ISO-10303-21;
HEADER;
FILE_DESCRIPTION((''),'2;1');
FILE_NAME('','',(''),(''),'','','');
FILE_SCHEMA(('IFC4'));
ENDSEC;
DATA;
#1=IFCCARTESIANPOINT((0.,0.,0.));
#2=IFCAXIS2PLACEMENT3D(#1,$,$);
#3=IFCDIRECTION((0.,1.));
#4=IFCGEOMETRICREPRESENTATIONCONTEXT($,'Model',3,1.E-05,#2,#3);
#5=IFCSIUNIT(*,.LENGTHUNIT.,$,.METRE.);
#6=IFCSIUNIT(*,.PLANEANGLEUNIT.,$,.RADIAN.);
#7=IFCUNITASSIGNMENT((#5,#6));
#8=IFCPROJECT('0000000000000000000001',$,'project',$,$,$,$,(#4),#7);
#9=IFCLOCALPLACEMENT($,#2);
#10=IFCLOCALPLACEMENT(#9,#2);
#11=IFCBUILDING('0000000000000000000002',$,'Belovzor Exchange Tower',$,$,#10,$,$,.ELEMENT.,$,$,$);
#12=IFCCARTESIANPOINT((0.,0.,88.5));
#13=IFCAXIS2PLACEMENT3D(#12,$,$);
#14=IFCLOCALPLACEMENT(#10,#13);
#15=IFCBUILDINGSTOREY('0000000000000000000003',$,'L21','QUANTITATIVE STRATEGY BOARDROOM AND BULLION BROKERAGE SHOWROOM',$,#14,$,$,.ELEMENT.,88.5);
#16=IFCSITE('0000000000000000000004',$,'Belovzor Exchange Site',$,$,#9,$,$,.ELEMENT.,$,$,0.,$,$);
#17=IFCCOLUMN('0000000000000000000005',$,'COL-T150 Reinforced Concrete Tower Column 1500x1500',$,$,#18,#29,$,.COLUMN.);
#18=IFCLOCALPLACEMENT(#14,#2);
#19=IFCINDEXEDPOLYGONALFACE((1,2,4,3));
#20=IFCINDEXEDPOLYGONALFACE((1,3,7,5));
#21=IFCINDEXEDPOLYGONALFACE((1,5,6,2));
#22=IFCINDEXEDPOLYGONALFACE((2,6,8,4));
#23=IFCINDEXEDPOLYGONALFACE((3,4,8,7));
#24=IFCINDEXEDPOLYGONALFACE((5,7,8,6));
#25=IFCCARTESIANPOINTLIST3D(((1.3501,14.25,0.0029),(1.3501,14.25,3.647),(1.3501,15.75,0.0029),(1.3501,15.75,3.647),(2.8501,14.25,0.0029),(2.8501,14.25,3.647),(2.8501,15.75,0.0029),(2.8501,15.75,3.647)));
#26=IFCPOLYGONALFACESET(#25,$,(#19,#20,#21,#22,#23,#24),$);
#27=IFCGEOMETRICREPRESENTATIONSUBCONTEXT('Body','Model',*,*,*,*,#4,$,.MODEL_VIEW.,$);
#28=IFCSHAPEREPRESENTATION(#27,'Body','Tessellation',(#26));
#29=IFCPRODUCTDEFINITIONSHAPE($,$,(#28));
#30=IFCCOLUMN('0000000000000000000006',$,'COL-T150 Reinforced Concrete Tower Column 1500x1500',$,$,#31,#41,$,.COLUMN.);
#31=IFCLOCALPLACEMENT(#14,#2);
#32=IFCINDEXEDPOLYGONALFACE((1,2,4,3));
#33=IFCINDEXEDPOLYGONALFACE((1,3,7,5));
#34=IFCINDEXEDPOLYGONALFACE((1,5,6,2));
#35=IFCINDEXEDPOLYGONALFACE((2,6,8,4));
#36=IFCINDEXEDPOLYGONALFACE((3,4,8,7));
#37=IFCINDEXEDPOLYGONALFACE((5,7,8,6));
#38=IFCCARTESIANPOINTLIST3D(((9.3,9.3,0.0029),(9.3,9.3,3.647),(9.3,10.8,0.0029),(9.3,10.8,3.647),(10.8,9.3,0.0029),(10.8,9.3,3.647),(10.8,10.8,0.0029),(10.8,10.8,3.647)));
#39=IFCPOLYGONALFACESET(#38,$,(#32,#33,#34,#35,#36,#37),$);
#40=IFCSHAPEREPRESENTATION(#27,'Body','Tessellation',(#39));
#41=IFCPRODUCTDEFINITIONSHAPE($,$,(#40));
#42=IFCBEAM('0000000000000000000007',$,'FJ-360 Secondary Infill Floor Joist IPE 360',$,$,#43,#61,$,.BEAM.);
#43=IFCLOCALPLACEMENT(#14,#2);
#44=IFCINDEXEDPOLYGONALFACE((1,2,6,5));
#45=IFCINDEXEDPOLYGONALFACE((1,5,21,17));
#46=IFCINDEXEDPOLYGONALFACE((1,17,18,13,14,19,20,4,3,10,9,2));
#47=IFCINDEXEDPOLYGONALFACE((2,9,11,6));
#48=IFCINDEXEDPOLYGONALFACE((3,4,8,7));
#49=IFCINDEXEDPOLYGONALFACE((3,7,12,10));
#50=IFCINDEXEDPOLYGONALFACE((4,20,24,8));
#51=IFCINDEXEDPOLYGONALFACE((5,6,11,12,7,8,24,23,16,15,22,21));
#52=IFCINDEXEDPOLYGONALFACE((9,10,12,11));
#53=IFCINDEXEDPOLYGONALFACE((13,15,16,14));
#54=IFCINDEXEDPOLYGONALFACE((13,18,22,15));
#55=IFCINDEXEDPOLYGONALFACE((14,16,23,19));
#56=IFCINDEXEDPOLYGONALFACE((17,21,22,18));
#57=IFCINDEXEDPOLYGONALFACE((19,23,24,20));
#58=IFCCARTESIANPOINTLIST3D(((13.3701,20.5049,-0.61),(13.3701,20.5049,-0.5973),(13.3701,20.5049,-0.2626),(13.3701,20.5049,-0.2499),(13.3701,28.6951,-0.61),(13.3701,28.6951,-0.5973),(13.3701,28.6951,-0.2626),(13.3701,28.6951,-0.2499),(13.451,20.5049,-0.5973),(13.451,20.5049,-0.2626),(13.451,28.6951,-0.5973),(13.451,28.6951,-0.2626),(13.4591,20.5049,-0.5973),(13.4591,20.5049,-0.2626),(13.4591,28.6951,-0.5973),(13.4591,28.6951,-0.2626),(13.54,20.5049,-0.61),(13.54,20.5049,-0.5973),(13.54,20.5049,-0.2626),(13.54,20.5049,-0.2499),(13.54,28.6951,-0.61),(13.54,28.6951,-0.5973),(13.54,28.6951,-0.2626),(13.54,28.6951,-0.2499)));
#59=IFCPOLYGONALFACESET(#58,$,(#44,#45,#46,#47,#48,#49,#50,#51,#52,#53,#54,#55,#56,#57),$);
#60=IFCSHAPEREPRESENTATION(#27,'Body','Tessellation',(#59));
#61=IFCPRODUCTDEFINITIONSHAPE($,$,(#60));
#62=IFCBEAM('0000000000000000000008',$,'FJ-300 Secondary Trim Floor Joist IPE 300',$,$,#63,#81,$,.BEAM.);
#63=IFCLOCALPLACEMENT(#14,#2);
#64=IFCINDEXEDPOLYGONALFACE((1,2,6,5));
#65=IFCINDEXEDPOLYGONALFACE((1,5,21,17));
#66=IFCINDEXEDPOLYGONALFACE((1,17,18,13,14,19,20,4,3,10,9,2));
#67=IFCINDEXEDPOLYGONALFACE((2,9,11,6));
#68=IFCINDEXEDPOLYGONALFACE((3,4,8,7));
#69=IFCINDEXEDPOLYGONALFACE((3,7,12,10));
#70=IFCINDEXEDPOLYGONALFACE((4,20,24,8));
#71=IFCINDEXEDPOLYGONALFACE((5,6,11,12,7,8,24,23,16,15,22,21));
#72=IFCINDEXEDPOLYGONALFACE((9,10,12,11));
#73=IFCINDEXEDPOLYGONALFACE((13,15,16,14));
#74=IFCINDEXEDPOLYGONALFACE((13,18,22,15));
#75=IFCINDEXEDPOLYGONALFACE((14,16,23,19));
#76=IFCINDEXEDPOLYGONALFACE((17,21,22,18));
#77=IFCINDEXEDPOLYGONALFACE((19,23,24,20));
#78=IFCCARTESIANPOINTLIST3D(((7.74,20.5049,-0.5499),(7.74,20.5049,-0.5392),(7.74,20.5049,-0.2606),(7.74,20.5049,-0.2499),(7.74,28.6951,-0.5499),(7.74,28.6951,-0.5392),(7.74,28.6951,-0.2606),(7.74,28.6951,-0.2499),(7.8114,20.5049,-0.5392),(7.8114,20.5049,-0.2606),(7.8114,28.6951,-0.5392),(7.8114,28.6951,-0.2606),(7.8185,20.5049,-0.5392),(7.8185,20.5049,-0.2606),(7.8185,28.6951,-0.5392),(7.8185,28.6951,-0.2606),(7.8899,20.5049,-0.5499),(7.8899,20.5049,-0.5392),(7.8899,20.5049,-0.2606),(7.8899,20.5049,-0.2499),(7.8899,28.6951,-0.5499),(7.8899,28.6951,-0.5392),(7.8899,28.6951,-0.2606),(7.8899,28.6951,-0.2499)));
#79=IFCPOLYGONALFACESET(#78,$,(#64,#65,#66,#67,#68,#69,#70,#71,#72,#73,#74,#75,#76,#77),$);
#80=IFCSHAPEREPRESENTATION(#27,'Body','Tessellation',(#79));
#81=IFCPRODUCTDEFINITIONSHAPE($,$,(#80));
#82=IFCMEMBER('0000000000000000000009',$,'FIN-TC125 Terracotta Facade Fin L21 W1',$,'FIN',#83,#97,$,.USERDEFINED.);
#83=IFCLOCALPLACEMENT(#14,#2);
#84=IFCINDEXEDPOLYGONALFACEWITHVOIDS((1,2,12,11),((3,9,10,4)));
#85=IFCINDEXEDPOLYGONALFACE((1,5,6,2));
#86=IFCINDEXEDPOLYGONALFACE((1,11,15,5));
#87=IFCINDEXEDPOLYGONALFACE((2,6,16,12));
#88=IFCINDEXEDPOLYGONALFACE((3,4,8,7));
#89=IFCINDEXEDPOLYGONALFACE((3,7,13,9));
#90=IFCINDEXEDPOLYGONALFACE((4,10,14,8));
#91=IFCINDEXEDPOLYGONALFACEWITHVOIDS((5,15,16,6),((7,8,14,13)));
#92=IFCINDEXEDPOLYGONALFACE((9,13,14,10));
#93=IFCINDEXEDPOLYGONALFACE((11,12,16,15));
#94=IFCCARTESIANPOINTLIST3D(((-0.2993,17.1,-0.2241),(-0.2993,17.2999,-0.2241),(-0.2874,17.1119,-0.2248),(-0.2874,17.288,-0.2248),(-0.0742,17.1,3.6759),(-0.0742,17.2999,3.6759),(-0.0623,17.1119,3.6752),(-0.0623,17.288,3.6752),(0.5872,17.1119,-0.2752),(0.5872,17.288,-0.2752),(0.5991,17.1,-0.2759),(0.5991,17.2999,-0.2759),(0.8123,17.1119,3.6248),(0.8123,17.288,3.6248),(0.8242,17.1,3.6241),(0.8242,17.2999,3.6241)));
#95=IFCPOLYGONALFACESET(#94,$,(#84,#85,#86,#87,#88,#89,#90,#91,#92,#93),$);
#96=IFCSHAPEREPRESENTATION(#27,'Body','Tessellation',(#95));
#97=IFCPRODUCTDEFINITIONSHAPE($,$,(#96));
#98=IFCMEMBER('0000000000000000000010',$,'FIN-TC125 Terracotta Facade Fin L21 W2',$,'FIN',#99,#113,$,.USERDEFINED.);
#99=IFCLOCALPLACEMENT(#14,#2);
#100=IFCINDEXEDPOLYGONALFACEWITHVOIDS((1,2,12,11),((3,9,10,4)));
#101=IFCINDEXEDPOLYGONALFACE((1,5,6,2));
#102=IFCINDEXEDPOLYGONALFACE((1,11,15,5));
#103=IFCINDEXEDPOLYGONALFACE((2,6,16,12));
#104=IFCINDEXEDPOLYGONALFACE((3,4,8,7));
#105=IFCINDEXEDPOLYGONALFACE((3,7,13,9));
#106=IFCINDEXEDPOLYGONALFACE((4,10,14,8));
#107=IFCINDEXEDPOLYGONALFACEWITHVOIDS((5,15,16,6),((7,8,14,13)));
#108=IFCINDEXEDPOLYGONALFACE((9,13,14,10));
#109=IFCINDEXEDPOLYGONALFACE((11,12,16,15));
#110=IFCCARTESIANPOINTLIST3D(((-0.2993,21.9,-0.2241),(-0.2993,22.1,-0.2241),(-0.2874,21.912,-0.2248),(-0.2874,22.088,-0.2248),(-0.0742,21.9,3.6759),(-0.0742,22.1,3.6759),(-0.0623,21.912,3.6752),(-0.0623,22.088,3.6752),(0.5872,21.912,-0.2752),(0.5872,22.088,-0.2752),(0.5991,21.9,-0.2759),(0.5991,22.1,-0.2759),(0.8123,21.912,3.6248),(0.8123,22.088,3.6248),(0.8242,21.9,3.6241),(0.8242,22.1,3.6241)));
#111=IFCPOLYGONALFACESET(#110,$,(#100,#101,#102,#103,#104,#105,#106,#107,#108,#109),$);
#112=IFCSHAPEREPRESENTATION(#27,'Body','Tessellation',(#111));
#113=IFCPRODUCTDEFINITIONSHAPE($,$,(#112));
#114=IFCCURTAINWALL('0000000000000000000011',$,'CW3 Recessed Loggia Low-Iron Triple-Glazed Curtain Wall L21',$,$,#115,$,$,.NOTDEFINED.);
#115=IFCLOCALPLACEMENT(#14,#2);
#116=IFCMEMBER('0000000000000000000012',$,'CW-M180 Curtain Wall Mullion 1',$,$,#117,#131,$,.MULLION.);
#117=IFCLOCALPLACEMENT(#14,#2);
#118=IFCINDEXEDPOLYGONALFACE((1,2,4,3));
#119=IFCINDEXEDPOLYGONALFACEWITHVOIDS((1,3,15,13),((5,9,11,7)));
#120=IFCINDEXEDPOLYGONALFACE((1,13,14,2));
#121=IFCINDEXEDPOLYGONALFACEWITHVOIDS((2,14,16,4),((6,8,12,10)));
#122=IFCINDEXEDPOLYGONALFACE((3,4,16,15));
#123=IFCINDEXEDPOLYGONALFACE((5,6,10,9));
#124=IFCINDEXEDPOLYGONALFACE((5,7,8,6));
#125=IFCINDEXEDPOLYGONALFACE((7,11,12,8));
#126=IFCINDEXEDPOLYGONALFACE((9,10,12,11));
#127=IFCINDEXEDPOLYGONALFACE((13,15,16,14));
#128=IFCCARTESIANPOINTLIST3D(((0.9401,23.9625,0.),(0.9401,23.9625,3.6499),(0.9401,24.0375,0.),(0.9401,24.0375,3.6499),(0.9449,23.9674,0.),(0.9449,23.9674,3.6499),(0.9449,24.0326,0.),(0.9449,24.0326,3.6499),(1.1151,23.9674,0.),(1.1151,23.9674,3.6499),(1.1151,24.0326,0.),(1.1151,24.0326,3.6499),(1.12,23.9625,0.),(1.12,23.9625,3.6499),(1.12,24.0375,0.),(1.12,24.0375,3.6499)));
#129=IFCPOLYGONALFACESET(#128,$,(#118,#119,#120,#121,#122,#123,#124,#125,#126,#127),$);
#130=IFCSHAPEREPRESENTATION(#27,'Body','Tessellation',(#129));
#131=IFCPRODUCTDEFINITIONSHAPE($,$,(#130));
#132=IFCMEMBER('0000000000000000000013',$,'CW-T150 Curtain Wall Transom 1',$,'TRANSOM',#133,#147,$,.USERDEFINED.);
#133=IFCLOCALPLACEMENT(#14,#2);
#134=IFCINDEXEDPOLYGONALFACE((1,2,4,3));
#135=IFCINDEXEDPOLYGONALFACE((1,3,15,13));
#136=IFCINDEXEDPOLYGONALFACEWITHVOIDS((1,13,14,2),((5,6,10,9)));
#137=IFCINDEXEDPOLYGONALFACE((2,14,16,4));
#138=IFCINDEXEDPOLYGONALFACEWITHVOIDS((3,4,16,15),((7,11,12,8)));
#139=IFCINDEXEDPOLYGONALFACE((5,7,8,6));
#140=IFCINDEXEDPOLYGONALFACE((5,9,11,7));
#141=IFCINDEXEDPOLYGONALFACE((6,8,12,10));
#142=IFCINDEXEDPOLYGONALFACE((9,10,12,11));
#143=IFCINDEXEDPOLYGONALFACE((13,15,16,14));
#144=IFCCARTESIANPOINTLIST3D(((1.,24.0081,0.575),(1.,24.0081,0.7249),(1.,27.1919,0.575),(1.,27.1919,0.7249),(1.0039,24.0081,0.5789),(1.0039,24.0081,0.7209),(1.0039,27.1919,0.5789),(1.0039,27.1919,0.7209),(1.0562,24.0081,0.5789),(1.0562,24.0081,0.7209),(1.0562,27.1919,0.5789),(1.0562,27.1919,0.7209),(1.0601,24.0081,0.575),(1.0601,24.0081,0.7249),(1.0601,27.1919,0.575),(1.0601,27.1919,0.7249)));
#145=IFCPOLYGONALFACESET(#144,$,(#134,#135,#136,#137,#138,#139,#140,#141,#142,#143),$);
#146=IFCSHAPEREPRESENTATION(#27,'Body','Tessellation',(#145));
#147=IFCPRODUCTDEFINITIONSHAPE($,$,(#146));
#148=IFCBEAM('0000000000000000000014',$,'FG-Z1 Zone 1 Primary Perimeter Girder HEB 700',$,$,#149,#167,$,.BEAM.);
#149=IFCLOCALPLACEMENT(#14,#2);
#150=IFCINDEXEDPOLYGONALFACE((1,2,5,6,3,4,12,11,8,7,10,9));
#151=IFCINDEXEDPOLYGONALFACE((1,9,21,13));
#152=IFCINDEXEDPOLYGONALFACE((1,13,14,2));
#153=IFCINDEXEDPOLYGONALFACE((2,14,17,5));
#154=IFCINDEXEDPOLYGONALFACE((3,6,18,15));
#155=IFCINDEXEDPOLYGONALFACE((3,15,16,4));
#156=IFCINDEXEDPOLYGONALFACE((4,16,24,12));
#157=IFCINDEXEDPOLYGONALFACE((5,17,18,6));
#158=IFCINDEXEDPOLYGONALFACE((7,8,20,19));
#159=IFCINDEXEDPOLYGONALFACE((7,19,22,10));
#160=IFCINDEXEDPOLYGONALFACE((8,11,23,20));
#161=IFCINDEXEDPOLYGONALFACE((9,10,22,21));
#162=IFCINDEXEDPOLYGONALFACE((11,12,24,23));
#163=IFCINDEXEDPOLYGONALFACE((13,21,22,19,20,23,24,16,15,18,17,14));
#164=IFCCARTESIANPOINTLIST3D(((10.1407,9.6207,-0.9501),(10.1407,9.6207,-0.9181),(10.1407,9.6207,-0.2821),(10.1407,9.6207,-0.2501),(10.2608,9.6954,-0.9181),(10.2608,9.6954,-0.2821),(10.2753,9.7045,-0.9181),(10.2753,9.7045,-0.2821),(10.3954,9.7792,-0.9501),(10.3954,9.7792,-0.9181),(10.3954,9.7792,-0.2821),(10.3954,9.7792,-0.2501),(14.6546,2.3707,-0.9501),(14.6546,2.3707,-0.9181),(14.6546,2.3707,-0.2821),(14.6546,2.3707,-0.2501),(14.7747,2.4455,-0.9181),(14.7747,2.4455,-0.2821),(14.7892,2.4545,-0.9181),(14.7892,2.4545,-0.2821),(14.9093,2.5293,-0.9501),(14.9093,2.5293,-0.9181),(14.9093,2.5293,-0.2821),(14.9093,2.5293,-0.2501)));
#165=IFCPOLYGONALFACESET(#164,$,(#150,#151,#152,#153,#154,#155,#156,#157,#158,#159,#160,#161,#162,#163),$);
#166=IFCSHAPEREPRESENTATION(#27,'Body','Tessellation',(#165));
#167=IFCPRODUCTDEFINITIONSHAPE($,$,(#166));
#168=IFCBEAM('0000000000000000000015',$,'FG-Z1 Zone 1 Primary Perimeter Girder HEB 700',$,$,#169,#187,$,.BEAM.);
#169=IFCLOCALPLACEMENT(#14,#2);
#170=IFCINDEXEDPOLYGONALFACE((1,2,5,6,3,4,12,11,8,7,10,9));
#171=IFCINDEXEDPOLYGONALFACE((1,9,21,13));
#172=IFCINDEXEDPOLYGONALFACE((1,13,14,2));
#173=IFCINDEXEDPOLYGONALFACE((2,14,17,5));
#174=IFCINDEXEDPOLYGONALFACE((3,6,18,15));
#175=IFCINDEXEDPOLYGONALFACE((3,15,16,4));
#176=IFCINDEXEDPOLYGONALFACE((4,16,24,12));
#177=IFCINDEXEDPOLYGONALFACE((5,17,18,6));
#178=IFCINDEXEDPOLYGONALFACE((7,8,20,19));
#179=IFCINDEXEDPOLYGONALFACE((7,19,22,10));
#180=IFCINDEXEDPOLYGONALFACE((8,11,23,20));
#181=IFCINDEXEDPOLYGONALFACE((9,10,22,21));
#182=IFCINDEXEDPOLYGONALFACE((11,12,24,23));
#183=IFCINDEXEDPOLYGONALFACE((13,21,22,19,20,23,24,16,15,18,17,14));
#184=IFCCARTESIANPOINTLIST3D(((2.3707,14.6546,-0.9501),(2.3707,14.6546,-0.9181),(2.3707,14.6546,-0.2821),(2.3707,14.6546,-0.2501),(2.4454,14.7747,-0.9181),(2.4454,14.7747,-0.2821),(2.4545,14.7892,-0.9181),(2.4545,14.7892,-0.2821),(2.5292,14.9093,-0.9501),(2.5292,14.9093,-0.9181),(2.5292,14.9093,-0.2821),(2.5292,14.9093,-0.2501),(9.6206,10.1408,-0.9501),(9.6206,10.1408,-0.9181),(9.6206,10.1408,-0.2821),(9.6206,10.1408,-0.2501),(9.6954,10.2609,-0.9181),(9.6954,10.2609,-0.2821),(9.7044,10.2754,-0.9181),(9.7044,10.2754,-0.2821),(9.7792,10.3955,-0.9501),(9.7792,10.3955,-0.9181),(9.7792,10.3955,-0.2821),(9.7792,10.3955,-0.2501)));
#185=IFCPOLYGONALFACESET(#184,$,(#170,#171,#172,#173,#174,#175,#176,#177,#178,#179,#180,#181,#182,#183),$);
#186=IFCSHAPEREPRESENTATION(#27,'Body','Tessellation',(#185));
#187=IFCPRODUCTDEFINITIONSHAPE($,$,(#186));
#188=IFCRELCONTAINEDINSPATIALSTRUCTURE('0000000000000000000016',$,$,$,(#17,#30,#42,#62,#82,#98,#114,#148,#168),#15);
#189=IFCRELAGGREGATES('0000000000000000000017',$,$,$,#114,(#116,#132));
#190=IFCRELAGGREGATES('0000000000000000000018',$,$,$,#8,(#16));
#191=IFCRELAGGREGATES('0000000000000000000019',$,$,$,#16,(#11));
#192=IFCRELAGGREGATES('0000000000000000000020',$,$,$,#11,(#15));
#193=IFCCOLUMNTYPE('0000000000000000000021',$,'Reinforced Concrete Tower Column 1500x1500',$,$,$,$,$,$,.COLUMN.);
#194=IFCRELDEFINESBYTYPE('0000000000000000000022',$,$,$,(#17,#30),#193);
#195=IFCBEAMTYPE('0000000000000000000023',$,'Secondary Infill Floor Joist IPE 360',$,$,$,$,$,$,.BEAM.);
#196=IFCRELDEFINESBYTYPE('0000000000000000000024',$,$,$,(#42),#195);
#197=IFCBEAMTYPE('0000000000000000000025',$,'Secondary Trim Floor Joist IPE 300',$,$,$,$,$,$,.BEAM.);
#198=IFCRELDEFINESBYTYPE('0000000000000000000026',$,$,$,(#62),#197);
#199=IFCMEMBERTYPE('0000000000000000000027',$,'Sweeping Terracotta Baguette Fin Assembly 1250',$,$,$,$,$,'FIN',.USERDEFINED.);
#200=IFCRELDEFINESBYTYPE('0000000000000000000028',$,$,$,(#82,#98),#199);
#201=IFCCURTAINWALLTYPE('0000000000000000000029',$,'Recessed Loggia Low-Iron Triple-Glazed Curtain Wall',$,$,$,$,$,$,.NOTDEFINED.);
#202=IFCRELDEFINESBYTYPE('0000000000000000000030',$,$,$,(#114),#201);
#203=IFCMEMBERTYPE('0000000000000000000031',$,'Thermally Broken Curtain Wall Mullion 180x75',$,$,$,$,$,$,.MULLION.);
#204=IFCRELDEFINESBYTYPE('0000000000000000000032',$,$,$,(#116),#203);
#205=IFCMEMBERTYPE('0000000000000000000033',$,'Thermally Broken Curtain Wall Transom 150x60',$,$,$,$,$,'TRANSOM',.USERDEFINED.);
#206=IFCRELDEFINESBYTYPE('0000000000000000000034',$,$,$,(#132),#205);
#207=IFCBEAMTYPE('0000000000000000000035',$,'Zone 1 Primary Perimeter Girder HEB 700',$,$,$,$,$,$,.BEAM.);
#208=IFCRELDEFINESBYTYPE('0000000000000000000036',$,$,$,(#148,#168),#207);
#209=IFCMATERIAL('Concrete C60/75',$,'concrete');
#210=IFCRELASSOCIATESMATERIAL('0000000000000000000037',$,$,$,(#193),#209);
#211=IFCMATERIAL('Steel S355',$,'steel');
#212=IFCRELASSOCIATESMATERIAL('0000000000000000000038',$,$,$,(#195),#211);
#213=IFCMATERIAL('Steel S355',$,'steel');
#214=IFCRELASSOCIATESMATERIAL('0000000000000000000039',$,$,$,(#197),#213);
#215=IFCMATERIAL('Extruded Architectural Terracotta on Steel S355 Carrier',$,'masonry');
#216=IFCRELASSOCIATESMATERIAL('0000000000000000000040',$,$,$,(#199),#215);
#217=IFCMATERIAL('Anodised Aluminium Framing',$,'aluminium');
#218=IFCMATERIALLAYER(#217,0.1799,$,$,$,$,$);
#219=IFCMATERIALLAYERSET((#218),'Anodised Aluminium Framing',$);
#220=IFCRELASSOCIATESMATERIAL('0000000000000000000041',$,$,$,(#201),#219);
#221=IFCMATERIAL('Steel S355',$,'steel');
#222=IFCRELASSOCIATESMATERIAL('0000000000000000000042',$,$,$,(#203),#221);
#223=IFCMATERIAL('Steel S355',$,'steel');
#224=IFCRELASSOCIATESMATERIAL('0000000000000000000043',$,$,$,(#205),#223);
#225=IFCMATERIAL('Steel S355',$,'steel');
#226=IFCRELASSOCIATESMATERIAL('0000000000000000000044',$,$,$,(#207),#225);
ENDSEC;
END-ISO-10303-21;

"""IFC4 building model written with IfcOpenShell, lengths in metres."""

from ifc_helpers import new_model, si_unit, direction, frame, origin, origin_2d, place, context, subcontext, project, spatial, rectangle, hollow_rectangle, i_section, extrude, material, layer, layer_set, material_profile, profile_set, type_object, element, aggregate, save


model = new_model("IFC4")

# Units and contexts
model_context = context("Model", 3, precision=1e-05, world=origin(), true_north=direction((0.0, 1.0)))
body_context = subcontext(model_context, "Body", "Model", "MODEL_VIEW")
ifc_project = project(units=[si_unit("LENGTHUNIT", "METRE"), si_unit("PLANEANGLEUNIT", "RADIAN")], contexts=[model_context])

# Site, building, storey
site_placement = place(None, origin())
site = spatial("IfcSite", under=ifc_project, at=site_placement, Name="Belovzor Exchange Site", CompositionType="ELEMENT", RefElevation=0.0)
building_placement = place(site_placement, origin())
building = spatial("IfcBuilding", under=site, at=building_placement, Name="Belovzor Exchange Tower", CompositionType="ELEMENT")
storey_placement = place(building_placement, frame((0.0, 0.0, 88.5)))
storey = spatial("IfcBuildingStorey", under=building, at=storey_placement, Name="L21", Description="QUANTITATIVE STRATEGY BOARDROOM AND BULLION BROKERAGE SHOWROOM", CompositionType="ELEMENT", Elevation=88.5)

# Columns
ifc_material_1 = material(Name="Concrete C60/75", Category="concrete")
ifc_material_profile_1 = material_profile(ifc_material_1, rectangle(XDim=1.5, YDim=1.5, at=origin_2d()))
ifc_profile_set_1 = profile_set([ifc_material_profile_1], Name="Concrete C60/75")
column_type = type_object("IfcColumnType", Name="Reinforced Concrete Tower Column 1500x1500", PredefinedType="COLUMN", material=ifc_profile_set_1)
for number, where, z_axis, x_axis, name in (
    (1, (2.1001, 15.0, 0.0029), (0.0, 0.0, 1.0), (1.0, 0.0, 0.0), "COL-T150 Reinforced Concrete Tower Column 1500x1500"),
    (2, (10.05, 10.05, 0.0029), (0.0, 0.0, 1.0), (1.0, 0.0, 0.0), "COL-T150 Reinforced Concrete Tower Column 1500x1500"),
):
    element("IfcColumn", number, at=place(storey_placement, frame(where, z_axis=z_axis, x_axis=x_axis)), inside=storey, type_object=column_type, Name=name, PredefinedType="COLUMN", context=body_context, shape_type="SweptSolid", body=[
        extrude(rectangle(XDim=1.5, YDim=1.5, at=origin_2d()), origin(), (0.0, 0.0, 1.0), 3.644),
    ])

# Beams
ifc_material_2 = material(Name="Steel S355", Category="steel")
ifc_material_profile_2 = material_profile(ifc_material_2, i_section(OverallWidth=0.1699, OverallDepth=0.3601, WebThickness=0.0081, FlangeThickness=0.0127, at=origin_2d()))
ifc_profile_set_2 = profile_set([ifc_material_profile_2], Name="Steel S355")
beam_type_1 = type_object("IfcBeamType", Name="Secondary Infill Floor Joist IPE 360", PredefinedType="BEAM", material=ifc_profile_set_2)
beam_1_placement = place(storey_placement, frame((13.4551, 20.5049, -0.4299), z_axis=(0.0, 1.0, 0.0), x_axis=(-1.0, 0.0, 0.0)))
element("IfcBeam", 3, at=beam_1_placement, inside=storey, type_object=beam_type_1, Name="FJ-360 Secondary Infill Floor Joist IPE 360", PredefinedType="BEAM", context=body_context, shape_type="SweptSolid", body=[
    extrude(i_section(OverallWidth=0.1699, OverallDepth=0.3601, WebThickness=0.0081, FlangeThickness=0.0127, at=origin_2d()), origin(), (0.0, 0.0, 1.0), 8.1902),
])
ifc_material_3 = material(Name="Steel S355", Category="steel")
ifc_material_profile_3 = material_profile(ifc_material_3, i_section(OverallWidth=0.1499, OverallDepth=0.3, WebThickness=0.0071, FlangeThickness=0.0107, at=origin_2d()))
ifc_profile_set_3 = profile_set([ifc_material_profile_3], Name="Steel S355")
beam_type_2 = type_object("IfcBeamType", Name="Secondary Trim Floor Joist IPE 300", PredefinedType="BEAM", material=ifc_profile_set_3)
beam_2_placement = place(storey_placement, frame((7.8149, 20.5049, -0.3999), z_axis=(0.0, 1.0, 0.0), x_axis=(-1.0, 0.0, 0.0)))
element("IfcBeam", 4, at=beam_2_placement, inside=storey, type_object=beam_type_2, Name="FJ-300 Secondary Trim Floor Joist IPE 300", PredefinedType="BEAM", context=body_context, shape_type="SweptSolid", body=[
    extrude(i_section(OverallWidth=0.1499, OverallDepth=0.3, WebThickness=0.0071, FlangeThickness=0.0107, at=origin_2d()), origin(), (0.0, 0.0, 1.0), 8.1902),
])

# Members
ifc_material_4 = material(Name="Extruded Architectural Terracotta on Steel S355 Carrier", Category="masonry")
ifc_material_profile_4 = material_profile(ifc_material_4, hollow_rectangle(XDim=0.2, YDim=0.8999, WallThickness=0.012, at=origin_2d()))
ifc_profile_set_4 = profile_set([ifc_material_profile_4], Name="Extruded Architectural Terracotta on Steel S355 Carrier")
member_type_1 = type_object("IfcMemberType", Name="Sweeping Terracotta Baguette Fin Assembly 1250", ElementType="FIN", PredefinedType="USERDEFINED", material=ifc_profile_set_4)
for number, where, z_axis, x_axis, name in (
    (5, (0.1499, 17.2, -0.25), (0.057623, 0.0, 0.998338), (0.0, 1.0, 0.0), "FIN-TC125 Terracotta Facade Fin L21 W1"),
    (6, (0.1499, 22.0, -0.25), (0.057623, 0.0, 0.998338), (0.0, 1.0, 0.0), "FIN-TC125 Terracotta Facade Fin L21 W2"),
):
    element("IfcMember", number, at=place(storey_placement, frame(where, z_axis=z_axis, x_axis=x_axis)), inside=storey, type_object=member_type_1, Name=name, ObjectType="FIN", PredefinedType="USERDEFINED", context=body_context, shape_type="SweptSolid", body=[
        extrude(hollow_rectangle(XDim=0.2, YDim=0.8999, WallThickness=0.012, at=origin_2d()), origin(), (0.0, 0.0, 1.0), 3.9065),
    ])

# Curtain wall, members
ifc_material_5 = material(Name="Anodised Aluminium Framing", Category="aluminium")
ifc_layer_1 = layer(ifc_material_5, 0.1799)
ifc_layer_set_1 = layer_set([ifc_layer_1], Name="Anodised Aluminium Framing")
curtain_wall_type = type_object("IfcCurtainWallType", Name="Recessed Loggia Low-Iron Triple-Glazed Curtain Wall", PredefinedType="NOTDEFINED", material=ifc_layer_set_1)
curtain_wall_placement = place(storey_placement, origin())
curtain_wall = element("IfcCurtainWall", 7, at=curtain_wall_placement, inside=storey, type_object=curtain_wall_type, Name="CW3 Recessed Loggia Low-Iron Triple-Glazed Curtain Wall L21", PredefinedType="NOTDEFINED")
ifc_material_6 = material(Name="Steel S355", Category="steel")
ifc_material_profile_5 = material_profile(ifc_material_6, hollow_rectangle(XDim=0.075, YDim=0.1799, WallThickness=0.0049, at=origin_2d()))
ifc_profile_set_5 = profile_set([ifc_material_profile_5], Name="Steel S355")
member_type_2 = type_object("IfcMemberType", Name="Thermally Broken Curtain Wall Mullion 180x75", PredefinedType="MULLION", material=ifc_profile_set_5)
member_1_placement = place(storey_placement, frame((1.03, 24.0, 0.0), z_axis=(0.0, 0.0, 1.0), x_axis=(0.0, 1.0, 0.0)))
member_1 = element("IfcMember", 8, at=member_1_placement, type_object=member_type_2, Name="CW-M180 Curtain Wall Mullion 1", PredefinedType="MULLION", context=body_context, shape_type="SweptSolid", body=[
    extrude(hollow_rectangle(XDim=0.075, YDim=0.1799, WallThickness=0.0049, at=origin_2d()), origin(), (0.0, 0.0, 1.0), 3.6499),
])
ifc_material_7 = material(Name="Steel S355", Category="steel")
ifc_material_profile_6 = material_profile(ifc_material_7, hollow_rectangle(XDim=0.0601, YDim=0.1499, WallThickness=0.0039, at=origin_2d()))
ifc_profile_set_6 = profile_set([ifc_material_profile_6], Name="Steel S355")
member_type_3 = type_object("IfcMemberType", Name="Thermally Broken Curtain Wall Transom 150x60", ElementType="TRANSOM", PredefinedType="USERDEFINED", material=ifc_profile_set_6)
member_2_placement = place(storey_placement, frame((1.03, 24.0081, 0.6499), z_axis=(0.0, 1.0, 0.0), x_axis=(-1.0, 0.0, 0.0)))
member_2 = element("IfcMember", 9, at=member_2_placement, type_object=member_type_3, Name="CW-T150 Curtain Wall Transom 1", ObjectType="TRANSOM", PredefinedType="USERDEFINED", context=body_context, shape_type="SweptSolid", body=[
    extrude(hollow_rectangle(XDim=0.0601, YDim=0.1499, WallThickness=0.0039, at=origin_2d()), origin(), (0.0, 0.0, 1.0), 3.1838),
])

# Beams
ifc_material_8 = material(Name="Steel S355", Category="steel")
ifc_material_profile_7 = material_profile(ifc_material_8, i_section(OverallWidth=0.3, OverallDepth=0.7, WebThickness=0.0171, FlangeThickness=0.032, at=origin_2d()))
ifc_profile_set_7 = profile_set([ifc_material_profile_7], Name="Steel S355")
beam_type_3 = type_object("IfcBeamType", Name="Zone 1 Primary Perimeter Girder HEB 700", PredefinedType="BEAM", material=ifc_profile_set_7)
for number, where, z_axis, x_axis, name in (
    (10, (10.2681, 9.7, -0.6001), (0.528539, -0.848909, 0.0), (0.848909, 0.528539, 0.0), "FG-Z1 Zone 1 Primary Perimeter Girder HEB 700"),
    (11, (2.45, 14.782, -0.6001), (0.848909, -0.528539, 0.0), (0.528539, 0.848909, 0.0), "FG-Z1 Zone 1 Primary Perimeter Girder HEB 700"),
):
    element("IfcBeam", number, at=place(storey_placement, frame(where, z_axis=z_axis, x_axis=x_axis)), inside=storey, type_object=beam_type_3, Name=name, PredefinedType="BEAM", context=body_context, shape_type="SweptSolid", body=[
        extrude(i_section(OverallWidth=0.3, OverallDepth=0.7, WebThickness=0.0171, FlangeThickness=0.032, at=origin_2d()), origin(), (0.0, 0.0, 1.0), 8.5403),
    ])

aggregate(curtain_wall, [member_1, member_2])

save(model, "model.ifc")
